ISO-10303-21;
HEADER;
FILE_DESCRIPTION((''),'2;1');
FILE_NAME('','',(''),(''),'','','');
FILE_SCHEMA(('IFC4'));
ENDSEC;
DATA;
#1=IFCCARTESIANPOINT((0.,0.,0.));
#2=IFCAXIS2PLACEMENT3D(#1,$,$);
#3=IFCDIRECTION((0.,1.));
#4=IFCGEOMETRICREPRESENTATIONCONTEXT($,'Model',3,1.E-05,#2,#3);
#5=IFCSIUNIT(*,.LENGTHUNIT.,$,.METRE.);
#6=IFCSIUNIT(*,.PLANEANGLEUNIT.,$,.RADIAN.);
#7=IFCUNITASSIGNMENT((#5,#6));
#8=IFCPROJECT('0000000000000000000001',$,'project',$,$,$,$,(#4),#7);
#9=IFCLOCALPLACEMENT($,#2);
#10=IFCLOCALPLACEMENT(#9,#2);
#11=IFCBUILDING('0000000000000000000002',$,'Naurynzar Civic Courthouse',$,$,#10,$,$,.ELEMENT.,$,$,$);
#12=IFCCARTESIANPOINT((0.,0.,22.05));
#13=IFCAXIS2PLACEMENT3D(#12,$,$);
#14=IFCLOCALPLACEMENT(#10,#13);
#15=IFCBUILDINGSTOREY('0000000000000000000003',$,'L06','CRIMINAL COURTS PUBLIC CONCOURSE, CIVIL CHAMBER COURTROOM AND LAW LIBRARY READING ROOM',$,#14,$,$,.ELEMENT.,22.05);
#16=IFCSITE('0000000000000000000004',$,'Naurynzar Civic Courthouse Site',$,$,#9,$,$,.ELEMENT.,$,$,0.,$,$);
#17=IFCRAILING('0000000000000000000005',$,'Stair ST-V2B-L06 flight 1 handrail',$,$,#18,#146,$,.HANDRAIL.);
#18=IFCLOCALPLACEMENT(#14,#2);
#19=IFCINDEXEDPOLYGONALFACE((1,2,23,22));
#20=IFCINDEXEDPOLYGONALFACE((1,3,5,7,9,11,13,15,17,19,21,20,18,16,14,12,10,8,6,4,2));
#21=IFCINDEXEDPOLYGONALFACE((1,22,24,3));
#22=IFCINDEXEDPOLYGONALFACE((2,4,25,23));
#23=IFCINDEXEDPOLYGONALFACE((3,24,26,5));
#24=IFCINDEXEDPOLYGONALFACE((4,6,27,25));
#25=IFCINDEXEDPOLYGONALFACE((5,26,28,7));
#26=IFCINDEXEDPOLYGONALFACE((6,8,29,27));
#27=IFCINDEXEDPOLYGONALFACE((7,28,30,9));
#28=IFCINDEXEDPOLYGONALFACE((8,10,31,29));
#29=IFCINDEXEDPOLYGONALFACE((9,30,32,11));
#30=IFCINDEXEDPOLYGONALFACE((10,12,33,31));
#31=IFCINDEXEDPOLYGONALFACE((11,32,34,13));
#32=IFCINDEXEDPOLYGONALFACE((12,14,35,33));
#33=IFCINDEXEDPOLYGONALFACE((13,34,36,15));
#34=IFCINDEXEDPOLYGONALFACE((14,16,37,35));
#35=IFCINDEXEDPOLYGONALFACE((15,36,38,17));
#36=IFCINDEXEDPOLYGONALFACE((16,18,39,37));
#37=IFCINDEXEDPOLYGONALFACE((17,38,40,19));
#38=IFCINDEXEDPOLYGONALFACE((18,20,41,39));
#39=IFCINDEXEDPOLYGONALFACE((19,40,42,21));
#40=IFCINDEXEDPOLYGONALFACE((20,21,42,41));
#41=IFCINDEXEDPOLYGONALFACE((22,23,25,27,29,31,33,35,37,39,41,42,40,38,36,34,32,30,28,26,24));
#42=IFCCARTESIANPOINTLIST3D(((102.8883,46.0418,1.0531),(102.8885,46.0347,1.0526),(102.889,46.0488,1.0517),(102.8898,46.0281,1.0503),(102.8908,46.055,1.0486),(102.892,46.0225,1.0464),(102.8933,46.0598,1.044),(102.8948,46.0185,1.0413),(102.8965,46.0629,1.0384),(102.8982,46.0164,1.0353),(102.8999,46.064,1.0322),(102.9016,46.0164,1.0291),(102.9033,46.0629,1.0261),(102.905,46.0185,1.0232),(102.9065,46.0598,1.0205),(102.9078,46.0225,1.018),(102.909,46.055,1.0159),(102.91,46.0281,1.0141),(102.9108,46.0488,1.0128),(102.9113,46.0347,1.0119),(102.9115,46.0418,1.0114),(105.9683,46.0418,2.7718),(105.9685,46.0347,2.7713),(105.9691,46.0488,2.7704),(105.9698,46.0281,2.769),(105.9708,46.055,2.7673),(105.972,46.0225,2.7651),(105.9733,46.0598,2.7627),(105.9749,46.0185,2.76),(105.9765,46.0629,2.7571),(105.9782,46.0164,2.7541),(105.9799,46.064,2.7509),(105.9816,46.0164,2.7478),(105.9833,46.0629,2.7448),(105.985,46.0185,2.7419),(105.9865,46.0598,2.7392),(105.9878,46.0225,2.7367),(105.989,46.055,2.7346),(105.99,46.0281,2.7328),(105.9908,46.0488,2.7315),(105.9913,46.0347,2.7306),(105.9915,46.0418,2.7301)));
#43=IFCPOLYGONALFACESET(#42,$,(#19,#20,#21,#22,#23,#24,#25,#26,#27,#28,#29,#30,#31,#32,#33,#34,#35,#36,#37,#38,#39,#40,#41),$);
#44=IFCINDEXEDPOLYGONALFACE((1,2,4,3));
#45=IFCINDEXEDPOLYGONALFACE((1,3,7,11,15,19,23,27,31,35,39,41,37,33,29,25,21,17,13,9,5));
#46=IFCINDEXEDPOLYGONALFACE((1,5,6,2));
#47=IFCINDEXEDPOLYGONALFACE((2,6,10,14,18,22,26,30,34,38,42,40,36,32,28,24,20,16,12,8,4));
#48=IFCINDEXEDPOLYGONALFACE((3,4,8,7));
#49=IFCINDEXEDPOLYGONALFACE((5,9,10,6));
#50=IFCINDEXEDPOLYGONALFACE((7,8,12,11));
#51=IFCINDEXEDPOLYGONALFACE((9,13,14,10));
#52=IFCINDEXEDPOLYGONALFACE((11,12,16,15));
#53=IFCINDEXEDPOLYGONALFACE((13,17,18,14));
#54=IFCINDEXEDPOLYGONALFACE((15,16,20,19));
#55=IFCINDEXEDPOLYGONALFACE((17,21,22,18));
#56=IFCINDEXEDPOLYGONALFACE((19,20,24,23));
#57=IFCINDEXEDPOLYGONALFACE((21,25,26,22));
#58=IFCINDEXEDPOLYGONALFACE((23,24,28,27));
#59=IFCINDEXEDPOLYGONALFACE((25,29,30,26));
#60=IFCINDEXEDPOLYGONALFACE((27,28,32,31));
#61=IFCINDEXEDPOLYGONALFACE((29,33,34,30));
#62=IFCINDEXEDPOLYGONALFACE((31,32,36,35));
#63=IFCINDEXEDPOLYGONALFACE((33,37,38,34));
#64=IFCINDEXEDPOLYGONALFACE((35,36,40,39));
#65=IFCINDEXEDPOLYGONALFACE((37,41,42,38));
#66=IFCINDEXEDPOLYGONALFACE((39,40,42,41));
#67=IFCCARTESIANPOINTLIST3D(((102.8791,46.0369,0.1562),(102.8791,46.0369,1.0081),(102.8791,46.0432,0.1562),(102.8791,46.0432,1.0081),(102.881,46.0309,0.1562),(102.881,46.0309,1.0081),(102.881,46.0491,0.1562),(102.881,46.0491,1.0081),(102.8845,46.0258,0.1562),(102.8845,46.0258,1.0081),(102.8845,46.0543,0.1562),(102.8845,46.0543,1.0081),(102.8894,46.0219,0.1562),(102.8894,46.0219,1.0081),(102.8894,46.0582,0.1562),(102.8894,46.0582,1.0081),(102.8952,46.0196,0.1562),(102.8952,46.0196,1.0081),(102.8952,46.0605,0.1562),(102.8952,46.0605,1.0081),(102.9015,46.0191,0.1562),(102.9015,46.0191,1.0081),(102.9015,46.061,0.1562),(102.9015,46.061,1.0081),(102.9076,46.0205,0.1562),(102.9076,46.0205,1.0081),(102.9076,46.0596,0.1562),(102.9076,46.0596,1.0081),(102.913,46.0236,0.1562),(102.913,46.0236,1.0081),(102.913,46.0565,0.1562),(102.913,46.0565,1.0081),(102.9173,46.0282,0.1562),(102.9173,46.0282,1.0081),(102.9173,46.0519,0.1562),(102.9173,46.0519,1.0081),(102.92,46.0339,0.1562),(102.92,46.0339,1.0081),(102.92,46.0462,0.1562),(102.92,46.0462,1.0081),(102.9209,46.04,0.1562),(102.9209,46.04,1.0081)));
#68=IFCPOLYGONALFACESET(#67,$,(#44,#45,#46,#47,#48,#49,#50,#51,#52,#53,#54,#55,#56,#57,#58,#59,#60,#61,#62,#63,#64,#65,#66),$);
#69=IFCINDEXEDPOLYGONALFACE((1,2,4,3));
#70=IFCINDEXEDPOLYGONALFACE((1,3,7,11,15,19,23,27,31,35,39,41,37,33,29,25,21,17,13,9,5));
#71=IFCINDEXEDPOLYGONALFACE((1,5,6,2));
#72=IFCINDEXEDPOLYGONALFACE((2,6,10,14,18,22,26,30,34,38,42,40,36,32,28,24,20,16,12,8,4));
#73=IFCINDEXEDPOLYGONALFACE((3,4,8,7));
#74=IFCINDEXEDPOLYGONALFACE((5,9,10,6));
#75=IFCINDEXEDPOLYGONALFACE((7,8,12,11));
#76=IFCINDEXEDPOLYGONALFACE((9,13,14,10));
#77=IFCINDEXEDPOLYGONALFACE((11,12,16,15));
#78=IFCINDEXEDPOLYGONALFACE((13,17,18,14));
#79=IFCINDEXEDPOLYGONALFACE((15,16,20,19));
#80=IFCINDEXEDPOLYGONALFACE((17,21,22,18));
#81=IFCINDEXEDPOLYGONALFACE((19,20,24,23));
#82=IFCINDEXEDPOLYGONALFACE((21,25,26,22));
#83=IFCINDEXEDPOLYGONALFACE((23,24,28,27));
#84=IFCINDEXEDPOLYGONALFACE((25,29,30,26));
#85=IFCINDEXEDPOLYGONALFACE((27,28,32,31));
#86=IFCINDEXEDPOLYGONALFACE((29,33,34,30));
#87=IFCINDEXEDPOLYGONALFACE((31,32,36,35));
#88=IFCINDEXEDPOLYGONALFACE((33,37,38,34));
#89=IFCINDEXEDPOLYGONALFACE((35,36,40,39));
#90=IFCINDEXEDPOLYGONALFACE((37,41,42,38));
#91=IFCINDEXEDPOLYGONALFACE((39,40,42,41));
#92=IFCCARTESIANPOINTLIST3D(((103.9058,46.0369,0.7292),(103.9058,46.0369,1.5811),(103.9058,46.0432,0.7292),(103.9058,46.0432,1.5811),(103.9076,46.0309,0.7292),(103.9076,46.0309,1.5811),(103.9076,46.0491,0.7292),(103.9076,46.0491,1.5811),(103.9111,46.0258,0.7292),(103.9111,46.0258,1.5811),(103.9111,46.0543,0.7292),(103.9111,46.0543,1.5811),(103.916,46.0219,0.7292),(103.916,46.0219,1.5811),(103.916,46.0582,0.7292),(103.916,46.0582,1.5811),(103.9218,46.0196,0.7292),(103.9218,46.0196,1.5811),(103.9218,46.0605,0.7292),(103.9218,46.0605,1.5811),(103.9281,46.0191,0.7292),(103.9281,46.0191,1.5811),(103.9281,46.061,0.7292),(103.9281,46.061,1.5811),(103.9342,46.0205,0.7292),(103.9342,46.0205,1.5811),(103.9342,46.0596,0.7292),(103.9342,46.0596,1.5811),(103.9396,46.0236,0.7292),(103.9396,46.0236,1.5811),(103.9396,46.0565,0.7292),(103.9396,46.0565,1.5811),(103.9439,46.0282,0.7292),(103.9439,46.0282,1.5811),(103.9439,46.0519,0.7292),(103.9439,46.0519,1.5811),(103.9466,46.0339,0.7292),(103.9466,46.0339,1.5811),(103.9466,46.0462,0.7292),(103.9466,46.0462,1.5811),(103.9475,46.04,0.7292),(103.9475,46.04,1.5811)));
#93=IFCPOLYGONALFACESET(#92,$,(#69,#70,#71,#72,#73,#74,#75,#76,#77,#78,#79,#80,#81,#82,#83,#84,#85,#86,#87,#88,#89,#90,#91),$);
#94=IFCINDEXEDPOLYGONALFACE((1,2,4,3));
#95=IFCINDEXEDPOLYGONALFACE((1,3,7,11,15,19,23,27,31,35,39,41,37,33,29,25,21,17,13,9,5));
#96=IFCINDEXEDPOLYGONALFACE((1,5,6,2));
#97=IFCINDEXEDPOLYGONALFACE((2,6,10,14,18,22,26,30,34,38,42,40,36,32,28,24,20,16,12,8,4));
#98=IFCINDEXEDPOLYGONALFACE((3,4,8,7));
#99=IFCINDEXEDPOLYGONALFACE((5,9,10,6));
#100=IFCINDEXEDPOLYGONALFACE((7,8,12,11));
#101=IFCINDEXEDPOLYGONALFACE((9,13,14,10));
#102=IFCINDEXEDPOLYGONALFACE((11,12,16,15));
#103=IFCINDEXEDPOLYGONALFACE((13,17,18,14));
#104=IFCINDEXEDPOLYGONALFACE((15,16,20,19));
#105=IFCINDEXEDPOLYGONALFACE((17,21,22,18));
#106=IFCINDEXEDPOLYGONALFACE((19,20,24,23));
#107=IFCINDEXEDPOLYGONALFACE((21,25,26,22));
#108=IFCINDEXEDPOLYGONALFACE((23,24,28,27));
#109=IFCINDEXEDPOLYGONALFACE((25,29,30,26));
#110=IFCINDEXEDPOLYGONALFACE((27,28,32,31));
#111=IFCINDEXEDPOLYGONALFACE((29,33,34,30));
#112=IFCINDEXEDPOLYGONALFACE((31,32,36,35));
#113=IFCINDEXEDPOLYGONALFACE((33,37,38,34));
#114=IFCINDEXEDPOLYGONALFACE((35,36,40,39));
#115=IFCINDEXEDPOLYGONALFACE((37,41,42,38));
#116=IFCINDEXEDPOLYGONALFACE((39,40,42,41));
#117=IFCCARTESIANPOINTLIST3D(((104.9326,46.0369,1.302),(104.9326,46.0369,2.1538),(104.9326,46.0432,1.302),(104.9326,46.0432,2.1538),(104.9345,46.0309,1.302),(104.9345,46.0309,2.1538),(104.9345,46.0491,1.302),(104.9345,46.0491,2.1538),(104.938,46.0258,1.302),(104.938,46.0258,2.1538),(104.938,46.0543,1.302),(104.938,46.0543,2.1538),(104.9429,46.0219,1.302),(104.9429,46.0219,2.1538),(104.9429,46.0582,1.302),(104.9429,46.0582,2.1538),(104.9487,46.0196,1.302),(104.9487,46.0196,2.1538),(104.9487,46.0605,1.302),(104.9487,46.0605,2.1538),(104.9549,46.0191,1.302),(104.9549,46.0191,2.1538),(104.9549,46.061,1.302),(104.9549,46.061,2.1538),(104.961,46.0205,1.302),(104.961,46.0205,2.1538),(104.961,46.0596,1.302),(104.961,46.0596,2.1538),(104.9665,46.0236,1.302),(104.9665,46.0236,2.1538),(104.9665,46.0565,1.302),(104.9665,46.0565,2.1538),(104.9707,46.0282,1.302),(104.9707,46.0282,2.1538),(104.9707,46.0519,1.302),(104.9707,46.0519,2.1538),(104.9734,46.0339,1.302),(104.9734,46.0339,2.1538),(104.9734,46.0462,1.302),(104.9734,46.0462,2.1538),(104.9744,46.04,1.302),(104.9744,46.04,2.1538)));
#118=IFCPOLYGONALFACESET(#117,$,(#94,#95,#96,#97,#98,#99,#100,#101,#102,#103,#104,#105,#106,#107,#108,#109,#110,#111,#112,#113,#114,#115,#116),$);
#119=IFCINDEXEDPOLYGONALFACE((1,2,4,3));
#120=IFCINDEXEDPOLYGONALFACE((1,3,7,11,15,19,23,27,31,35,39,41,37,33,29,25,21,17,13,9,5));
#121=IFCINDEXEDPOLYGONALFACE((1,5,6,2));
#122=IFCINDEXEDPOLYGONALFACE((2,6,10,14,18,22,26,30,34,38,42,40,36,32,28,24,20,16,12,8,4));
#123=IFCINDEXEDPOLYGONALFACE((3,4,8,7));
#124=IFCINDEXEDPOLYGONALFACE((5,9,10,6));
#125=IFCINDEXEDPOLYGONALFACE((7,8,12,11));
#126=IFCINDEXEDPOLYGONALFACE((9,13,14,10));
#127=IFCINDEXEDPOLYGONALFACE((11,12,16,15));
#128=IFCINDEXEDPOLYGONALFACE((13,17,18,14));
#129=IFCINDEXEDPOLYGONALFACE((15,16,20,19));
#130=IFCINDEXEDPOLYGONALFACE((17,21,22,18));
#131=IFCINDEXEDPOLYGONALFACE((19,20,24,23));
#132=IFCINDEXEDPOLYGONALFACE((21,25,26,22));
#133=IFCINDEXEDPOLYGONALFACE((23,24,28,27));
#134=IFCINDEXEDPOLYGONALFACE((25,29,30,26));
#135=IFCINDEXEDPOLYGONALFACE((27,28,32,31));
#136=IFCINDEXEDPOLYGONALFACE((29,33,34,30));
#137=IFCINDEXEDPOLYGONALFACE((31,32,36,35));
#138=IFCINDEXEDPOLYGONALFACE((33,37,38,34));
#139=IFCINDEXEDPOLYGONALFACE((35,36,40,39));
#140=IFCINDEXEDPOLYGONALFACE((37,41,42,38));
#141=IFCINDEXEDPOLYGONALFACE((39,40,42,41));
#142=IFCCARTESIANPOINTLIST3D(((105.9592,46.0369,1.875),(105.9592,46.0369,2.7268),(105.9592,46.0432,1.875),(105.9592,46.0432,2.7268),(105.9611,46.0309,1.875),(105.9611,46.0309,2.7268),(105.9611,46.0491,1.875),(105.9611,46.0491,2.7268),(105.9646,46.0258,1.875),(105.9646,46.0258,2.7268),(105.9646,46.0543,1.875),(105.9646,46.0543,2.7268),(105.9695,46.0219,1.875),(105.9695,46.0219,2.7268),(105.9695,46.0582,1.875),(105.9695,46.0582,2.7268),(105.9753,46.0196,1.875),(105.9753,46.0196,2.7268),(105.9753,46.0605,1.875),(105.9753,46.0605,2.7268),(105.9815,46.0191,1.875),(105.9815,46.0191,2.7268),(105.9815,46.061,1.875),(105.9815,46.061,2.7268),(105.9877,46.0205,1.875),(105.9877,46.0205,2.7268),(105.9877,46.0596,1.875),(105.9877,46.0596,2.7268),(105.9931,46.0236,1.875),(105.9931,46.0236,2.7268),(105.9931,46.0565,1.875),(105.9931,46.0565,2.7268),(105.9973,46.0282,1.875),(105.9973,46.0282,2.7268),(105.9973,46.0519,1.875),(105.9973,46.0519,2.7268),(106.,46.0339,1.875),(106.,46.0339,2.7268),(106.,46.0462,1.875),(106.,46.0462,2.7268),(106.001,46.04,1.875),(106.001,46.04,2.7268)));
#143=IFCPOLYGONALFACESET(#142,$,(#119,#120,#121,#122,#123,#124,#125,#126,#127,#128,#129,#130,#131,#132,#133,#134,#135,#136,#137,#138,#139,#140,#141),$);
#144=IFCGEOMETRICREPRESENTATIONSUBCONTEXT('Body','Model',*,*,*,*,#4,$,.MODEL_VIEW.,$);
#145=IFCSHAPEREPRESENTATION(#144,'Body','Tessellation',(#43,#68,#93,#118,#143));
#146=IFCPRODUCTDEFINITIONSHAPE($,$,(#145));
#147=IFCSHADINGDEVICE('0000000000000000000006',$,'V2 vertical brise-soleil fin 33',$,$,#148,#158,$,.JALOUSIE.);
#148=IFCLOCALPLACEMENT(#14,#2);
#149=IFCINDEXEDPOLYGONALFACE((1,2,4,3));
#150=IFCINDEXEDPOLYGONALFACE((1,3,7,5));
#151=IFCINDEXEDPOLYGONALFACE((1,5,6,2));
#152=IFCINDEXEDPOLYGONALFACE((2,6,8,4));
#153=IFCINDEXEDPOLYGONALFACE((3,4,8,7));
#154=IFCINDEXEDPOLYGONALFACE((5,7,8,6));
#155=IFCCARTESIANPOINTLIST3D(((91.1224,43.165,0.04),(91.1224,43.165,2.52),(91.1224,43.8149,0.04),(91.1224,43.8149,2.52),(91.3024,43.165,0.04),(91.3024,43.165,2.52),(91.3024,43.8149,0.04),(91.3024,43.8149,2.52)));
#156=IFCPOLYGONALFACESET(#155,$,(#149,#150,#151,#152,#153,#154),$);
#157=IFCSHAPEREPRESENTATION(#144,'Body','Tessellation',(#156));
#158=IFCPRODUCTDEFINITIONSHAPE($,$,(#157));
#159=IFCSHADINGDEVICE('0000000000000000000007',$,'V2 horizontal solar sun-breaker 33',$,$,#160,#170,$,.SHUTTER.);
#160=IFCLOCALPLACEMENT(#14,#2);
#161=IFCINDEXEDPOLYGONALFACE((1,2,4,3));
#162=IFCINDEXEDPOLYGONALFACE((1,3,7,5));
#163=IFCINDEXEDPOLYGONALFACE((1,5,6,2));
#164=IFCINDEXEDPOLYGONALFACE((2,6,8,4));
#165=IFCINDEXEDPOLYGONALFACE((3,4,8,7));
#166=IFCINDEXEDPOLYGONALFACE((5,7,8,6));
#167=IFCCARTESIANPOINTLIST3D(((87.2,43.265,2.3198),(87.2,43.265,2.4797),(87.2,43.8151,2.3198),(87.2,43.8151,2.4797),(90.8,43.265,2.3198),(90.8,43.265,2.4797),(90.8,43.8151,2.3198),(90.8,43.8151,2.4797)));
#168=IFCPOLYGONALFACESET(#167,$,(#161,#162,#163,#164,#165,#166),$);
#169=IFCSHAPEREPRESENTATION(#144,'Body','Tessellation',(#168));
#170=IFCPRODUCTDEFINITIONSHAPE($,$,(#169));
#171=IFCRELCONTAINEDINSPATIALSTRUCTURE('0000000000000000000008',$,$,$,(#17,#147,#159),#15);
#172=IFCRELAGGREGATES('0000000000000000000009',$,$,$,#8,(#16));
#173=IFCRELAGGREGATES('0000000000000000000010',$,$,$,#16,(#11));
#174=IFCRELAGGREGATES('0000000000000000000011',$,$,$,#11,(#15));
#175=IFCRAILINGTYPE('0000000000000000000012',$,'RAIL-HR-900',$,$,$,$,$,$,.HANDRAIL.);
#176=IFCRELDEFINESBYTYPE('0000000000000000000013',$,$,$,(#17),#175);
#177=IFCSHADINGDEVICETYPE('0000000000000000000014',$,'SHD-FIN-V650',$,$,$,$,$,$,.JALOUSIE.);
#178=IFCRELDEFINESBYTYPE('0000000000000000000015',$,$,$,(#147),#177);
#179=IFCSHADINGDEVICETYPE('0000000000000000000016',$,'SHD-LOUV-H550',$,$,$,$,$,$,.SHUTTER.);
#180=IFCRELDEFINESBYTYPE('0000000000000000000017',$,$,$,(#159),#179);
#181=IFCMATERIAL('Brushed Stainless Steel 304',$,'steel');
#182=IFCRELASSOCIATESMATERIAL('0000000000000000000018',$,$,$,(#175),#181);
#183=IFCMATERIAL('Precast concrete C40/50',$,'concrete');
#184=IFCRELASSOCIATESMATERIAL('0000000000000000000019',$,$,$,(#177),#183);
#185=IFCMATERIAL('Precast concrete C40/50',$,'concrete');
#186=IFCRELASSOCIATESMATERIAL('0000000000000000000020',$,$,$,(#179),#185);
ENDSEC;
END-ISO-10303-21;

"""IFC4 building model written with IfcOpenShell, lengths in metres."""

from ifc_helpers import new_model, si_unit, direction, frame, origin, origin_2d, place, context, subcontext, project, spatial, rectangle, circle, extrude, material, type_object, element, save


model = new_model("IFC4")

# Units and contexts
model_context = context("Model", 3, precision=1e-05, world=origin(), true_north=direction((0.0, 1.0)))
body_context = subcontext(model_context, "Body", "Model", "MODEL_VIEW")
ifc_project = project(units=[si_unit("LENGTHUNIT", "METRE"), si_unit("PLANEANGLEUNIT", "RADIAN")], contexts=[model_context])

# Site, building, storey
site_placement = place(None, origin())
site = spatial("IfcSite", under=ifc_project, at=site_placement, Name="Naurynzar Civic Courthouse Site", CompositionType="ELEMENT", RefElevation=0.0)
building_placement = place(site_placement, origin())
building = spatial("IfcBuilding", under=site, at=building_placement, Name="Naurynzar Civic Courthouse", CompositionType="ELEMENT")
storey_placement = place(building_placement, frame((0.0, 0.0, 22.05)))
storey = spatial("IfcBuildingStorey", under=building, at=storey_placement, Name="L06", Description="CRIMINAL COURTS PUBLIC CONCOURSE, CIVIL CHAMBER COURTROOM AND LAW LIBRARY READING ROOM", CompositionType="ELEMENT", Elevation=22.05)

# Railing
ifc_material_1 = material(Name="Brushed Stainless Steel 304", Category="steel")
railing_type_1 = type_object("IfcRailingType", Name="RAIL-HR-900", PredefinedType="HANDRAIL", material=ifc_material_1)
railing_1_placement = place(storey_placement, frame((102.8999, 46.04, 0.1562)))
element("IfcRailing", 1, at=railing_1_placement, inside=storey, type_object=railing_type_1, Name="Stair ST-V2B-L06 flight 1 handrail", PredefinedType="HANDRAIL", context=body_context, shape_type="SweptSolid", body=[
    extrude(circle(Radius=0.0239, at=origin_2d()), frame((0.0, 0.0, 0.876), z_axis=(0.873242, 0.0, 0.487288), x_axis=(0.0, 1.0, 0.0)), (0.0, 0.0, 1.0), 3.5271),
    extrude(circle(Radius=0.021, at=origin_2d()), origin(), (0.0, 0.0, 1.0), 0.8518),
    extrude(circle(Radius=0.021, at=origin_2d()), frame((1.0266, 0.0, 0.573)), (0.0, 0.0, 1.0), 0.8518),
    extrude(circle(Radius=0.021, at=origin_2d()), frame((2.0535, 0.0, 1.1458)), (0.0, 0.0, 1.0), 0.8518),
    extrude(circle(Radius=0.021, at=origin_2d()), frame((3.0801, 0.0, 1.7188)), (0.0, 0.0, 1.0), 0.8518),
])

# Shading devices
ifc_material_2 = material(Name="Precast concrete C40/50", Category="concrete")
shading_device_type_1 = type_object("IfcShadingDeviceType", Name="SHD-FIN-V650", PredefinedType="JALOUSIE", material=ifc_material_2)
shading_device_1_placement = place(storey_placement, frame((91.2124, 43.49, 0.04), z_axis=(0.0, 0.0, 1.0), x_axis=(-1.0, 0.0, 0.0)))
element("IfcShadingDevice", 2, at=shading_device_1_placement, inside=storey, type_object=shading_device_type_1, Name="V2 vertical brise-soleil fin 33", PredefinedType="JALOUSIE", context=body_context, shape_type="SweptSolid", body=[
    extrude(rectangle(XDim=0.1799, YDim=0.6499, at=origin_2d()), origin(), (0.0, 0.0, 1.0), 2.48),
])
ifc_material_3 = material(Name="Precast concrete C40/50", Category="concrete")
shading_device_type_2 = type_object("IfcShadingDeviceType", Name="SHD-LOUV-H550", PredefinedType="SHUTTER", material=ifc_material_3)
shading_device_2_placement = place(storey_placement, frame((89.0, 43.54, 2.3198), z_axis=(0.0, 0.0, 1.0), x_axis=(-1.0, 0.0, 0.0)))
element("IfcShadingDevice", 3, at=shading_device_2_placement, inside=storey, type_object=shading_device_type_2, Name="V2 horizontal solar sun-breaker 33", PredefinedType="SHUTTER", context=body_context, shape_type="SweptSolid", body=[
    extrude(rectangle(XDim=3.6001, YDim=0.55, at=origin_2d()), origin(), (0.0, 0.0, 1.0), 0.1599),
])

save(model, "model.ifc")
